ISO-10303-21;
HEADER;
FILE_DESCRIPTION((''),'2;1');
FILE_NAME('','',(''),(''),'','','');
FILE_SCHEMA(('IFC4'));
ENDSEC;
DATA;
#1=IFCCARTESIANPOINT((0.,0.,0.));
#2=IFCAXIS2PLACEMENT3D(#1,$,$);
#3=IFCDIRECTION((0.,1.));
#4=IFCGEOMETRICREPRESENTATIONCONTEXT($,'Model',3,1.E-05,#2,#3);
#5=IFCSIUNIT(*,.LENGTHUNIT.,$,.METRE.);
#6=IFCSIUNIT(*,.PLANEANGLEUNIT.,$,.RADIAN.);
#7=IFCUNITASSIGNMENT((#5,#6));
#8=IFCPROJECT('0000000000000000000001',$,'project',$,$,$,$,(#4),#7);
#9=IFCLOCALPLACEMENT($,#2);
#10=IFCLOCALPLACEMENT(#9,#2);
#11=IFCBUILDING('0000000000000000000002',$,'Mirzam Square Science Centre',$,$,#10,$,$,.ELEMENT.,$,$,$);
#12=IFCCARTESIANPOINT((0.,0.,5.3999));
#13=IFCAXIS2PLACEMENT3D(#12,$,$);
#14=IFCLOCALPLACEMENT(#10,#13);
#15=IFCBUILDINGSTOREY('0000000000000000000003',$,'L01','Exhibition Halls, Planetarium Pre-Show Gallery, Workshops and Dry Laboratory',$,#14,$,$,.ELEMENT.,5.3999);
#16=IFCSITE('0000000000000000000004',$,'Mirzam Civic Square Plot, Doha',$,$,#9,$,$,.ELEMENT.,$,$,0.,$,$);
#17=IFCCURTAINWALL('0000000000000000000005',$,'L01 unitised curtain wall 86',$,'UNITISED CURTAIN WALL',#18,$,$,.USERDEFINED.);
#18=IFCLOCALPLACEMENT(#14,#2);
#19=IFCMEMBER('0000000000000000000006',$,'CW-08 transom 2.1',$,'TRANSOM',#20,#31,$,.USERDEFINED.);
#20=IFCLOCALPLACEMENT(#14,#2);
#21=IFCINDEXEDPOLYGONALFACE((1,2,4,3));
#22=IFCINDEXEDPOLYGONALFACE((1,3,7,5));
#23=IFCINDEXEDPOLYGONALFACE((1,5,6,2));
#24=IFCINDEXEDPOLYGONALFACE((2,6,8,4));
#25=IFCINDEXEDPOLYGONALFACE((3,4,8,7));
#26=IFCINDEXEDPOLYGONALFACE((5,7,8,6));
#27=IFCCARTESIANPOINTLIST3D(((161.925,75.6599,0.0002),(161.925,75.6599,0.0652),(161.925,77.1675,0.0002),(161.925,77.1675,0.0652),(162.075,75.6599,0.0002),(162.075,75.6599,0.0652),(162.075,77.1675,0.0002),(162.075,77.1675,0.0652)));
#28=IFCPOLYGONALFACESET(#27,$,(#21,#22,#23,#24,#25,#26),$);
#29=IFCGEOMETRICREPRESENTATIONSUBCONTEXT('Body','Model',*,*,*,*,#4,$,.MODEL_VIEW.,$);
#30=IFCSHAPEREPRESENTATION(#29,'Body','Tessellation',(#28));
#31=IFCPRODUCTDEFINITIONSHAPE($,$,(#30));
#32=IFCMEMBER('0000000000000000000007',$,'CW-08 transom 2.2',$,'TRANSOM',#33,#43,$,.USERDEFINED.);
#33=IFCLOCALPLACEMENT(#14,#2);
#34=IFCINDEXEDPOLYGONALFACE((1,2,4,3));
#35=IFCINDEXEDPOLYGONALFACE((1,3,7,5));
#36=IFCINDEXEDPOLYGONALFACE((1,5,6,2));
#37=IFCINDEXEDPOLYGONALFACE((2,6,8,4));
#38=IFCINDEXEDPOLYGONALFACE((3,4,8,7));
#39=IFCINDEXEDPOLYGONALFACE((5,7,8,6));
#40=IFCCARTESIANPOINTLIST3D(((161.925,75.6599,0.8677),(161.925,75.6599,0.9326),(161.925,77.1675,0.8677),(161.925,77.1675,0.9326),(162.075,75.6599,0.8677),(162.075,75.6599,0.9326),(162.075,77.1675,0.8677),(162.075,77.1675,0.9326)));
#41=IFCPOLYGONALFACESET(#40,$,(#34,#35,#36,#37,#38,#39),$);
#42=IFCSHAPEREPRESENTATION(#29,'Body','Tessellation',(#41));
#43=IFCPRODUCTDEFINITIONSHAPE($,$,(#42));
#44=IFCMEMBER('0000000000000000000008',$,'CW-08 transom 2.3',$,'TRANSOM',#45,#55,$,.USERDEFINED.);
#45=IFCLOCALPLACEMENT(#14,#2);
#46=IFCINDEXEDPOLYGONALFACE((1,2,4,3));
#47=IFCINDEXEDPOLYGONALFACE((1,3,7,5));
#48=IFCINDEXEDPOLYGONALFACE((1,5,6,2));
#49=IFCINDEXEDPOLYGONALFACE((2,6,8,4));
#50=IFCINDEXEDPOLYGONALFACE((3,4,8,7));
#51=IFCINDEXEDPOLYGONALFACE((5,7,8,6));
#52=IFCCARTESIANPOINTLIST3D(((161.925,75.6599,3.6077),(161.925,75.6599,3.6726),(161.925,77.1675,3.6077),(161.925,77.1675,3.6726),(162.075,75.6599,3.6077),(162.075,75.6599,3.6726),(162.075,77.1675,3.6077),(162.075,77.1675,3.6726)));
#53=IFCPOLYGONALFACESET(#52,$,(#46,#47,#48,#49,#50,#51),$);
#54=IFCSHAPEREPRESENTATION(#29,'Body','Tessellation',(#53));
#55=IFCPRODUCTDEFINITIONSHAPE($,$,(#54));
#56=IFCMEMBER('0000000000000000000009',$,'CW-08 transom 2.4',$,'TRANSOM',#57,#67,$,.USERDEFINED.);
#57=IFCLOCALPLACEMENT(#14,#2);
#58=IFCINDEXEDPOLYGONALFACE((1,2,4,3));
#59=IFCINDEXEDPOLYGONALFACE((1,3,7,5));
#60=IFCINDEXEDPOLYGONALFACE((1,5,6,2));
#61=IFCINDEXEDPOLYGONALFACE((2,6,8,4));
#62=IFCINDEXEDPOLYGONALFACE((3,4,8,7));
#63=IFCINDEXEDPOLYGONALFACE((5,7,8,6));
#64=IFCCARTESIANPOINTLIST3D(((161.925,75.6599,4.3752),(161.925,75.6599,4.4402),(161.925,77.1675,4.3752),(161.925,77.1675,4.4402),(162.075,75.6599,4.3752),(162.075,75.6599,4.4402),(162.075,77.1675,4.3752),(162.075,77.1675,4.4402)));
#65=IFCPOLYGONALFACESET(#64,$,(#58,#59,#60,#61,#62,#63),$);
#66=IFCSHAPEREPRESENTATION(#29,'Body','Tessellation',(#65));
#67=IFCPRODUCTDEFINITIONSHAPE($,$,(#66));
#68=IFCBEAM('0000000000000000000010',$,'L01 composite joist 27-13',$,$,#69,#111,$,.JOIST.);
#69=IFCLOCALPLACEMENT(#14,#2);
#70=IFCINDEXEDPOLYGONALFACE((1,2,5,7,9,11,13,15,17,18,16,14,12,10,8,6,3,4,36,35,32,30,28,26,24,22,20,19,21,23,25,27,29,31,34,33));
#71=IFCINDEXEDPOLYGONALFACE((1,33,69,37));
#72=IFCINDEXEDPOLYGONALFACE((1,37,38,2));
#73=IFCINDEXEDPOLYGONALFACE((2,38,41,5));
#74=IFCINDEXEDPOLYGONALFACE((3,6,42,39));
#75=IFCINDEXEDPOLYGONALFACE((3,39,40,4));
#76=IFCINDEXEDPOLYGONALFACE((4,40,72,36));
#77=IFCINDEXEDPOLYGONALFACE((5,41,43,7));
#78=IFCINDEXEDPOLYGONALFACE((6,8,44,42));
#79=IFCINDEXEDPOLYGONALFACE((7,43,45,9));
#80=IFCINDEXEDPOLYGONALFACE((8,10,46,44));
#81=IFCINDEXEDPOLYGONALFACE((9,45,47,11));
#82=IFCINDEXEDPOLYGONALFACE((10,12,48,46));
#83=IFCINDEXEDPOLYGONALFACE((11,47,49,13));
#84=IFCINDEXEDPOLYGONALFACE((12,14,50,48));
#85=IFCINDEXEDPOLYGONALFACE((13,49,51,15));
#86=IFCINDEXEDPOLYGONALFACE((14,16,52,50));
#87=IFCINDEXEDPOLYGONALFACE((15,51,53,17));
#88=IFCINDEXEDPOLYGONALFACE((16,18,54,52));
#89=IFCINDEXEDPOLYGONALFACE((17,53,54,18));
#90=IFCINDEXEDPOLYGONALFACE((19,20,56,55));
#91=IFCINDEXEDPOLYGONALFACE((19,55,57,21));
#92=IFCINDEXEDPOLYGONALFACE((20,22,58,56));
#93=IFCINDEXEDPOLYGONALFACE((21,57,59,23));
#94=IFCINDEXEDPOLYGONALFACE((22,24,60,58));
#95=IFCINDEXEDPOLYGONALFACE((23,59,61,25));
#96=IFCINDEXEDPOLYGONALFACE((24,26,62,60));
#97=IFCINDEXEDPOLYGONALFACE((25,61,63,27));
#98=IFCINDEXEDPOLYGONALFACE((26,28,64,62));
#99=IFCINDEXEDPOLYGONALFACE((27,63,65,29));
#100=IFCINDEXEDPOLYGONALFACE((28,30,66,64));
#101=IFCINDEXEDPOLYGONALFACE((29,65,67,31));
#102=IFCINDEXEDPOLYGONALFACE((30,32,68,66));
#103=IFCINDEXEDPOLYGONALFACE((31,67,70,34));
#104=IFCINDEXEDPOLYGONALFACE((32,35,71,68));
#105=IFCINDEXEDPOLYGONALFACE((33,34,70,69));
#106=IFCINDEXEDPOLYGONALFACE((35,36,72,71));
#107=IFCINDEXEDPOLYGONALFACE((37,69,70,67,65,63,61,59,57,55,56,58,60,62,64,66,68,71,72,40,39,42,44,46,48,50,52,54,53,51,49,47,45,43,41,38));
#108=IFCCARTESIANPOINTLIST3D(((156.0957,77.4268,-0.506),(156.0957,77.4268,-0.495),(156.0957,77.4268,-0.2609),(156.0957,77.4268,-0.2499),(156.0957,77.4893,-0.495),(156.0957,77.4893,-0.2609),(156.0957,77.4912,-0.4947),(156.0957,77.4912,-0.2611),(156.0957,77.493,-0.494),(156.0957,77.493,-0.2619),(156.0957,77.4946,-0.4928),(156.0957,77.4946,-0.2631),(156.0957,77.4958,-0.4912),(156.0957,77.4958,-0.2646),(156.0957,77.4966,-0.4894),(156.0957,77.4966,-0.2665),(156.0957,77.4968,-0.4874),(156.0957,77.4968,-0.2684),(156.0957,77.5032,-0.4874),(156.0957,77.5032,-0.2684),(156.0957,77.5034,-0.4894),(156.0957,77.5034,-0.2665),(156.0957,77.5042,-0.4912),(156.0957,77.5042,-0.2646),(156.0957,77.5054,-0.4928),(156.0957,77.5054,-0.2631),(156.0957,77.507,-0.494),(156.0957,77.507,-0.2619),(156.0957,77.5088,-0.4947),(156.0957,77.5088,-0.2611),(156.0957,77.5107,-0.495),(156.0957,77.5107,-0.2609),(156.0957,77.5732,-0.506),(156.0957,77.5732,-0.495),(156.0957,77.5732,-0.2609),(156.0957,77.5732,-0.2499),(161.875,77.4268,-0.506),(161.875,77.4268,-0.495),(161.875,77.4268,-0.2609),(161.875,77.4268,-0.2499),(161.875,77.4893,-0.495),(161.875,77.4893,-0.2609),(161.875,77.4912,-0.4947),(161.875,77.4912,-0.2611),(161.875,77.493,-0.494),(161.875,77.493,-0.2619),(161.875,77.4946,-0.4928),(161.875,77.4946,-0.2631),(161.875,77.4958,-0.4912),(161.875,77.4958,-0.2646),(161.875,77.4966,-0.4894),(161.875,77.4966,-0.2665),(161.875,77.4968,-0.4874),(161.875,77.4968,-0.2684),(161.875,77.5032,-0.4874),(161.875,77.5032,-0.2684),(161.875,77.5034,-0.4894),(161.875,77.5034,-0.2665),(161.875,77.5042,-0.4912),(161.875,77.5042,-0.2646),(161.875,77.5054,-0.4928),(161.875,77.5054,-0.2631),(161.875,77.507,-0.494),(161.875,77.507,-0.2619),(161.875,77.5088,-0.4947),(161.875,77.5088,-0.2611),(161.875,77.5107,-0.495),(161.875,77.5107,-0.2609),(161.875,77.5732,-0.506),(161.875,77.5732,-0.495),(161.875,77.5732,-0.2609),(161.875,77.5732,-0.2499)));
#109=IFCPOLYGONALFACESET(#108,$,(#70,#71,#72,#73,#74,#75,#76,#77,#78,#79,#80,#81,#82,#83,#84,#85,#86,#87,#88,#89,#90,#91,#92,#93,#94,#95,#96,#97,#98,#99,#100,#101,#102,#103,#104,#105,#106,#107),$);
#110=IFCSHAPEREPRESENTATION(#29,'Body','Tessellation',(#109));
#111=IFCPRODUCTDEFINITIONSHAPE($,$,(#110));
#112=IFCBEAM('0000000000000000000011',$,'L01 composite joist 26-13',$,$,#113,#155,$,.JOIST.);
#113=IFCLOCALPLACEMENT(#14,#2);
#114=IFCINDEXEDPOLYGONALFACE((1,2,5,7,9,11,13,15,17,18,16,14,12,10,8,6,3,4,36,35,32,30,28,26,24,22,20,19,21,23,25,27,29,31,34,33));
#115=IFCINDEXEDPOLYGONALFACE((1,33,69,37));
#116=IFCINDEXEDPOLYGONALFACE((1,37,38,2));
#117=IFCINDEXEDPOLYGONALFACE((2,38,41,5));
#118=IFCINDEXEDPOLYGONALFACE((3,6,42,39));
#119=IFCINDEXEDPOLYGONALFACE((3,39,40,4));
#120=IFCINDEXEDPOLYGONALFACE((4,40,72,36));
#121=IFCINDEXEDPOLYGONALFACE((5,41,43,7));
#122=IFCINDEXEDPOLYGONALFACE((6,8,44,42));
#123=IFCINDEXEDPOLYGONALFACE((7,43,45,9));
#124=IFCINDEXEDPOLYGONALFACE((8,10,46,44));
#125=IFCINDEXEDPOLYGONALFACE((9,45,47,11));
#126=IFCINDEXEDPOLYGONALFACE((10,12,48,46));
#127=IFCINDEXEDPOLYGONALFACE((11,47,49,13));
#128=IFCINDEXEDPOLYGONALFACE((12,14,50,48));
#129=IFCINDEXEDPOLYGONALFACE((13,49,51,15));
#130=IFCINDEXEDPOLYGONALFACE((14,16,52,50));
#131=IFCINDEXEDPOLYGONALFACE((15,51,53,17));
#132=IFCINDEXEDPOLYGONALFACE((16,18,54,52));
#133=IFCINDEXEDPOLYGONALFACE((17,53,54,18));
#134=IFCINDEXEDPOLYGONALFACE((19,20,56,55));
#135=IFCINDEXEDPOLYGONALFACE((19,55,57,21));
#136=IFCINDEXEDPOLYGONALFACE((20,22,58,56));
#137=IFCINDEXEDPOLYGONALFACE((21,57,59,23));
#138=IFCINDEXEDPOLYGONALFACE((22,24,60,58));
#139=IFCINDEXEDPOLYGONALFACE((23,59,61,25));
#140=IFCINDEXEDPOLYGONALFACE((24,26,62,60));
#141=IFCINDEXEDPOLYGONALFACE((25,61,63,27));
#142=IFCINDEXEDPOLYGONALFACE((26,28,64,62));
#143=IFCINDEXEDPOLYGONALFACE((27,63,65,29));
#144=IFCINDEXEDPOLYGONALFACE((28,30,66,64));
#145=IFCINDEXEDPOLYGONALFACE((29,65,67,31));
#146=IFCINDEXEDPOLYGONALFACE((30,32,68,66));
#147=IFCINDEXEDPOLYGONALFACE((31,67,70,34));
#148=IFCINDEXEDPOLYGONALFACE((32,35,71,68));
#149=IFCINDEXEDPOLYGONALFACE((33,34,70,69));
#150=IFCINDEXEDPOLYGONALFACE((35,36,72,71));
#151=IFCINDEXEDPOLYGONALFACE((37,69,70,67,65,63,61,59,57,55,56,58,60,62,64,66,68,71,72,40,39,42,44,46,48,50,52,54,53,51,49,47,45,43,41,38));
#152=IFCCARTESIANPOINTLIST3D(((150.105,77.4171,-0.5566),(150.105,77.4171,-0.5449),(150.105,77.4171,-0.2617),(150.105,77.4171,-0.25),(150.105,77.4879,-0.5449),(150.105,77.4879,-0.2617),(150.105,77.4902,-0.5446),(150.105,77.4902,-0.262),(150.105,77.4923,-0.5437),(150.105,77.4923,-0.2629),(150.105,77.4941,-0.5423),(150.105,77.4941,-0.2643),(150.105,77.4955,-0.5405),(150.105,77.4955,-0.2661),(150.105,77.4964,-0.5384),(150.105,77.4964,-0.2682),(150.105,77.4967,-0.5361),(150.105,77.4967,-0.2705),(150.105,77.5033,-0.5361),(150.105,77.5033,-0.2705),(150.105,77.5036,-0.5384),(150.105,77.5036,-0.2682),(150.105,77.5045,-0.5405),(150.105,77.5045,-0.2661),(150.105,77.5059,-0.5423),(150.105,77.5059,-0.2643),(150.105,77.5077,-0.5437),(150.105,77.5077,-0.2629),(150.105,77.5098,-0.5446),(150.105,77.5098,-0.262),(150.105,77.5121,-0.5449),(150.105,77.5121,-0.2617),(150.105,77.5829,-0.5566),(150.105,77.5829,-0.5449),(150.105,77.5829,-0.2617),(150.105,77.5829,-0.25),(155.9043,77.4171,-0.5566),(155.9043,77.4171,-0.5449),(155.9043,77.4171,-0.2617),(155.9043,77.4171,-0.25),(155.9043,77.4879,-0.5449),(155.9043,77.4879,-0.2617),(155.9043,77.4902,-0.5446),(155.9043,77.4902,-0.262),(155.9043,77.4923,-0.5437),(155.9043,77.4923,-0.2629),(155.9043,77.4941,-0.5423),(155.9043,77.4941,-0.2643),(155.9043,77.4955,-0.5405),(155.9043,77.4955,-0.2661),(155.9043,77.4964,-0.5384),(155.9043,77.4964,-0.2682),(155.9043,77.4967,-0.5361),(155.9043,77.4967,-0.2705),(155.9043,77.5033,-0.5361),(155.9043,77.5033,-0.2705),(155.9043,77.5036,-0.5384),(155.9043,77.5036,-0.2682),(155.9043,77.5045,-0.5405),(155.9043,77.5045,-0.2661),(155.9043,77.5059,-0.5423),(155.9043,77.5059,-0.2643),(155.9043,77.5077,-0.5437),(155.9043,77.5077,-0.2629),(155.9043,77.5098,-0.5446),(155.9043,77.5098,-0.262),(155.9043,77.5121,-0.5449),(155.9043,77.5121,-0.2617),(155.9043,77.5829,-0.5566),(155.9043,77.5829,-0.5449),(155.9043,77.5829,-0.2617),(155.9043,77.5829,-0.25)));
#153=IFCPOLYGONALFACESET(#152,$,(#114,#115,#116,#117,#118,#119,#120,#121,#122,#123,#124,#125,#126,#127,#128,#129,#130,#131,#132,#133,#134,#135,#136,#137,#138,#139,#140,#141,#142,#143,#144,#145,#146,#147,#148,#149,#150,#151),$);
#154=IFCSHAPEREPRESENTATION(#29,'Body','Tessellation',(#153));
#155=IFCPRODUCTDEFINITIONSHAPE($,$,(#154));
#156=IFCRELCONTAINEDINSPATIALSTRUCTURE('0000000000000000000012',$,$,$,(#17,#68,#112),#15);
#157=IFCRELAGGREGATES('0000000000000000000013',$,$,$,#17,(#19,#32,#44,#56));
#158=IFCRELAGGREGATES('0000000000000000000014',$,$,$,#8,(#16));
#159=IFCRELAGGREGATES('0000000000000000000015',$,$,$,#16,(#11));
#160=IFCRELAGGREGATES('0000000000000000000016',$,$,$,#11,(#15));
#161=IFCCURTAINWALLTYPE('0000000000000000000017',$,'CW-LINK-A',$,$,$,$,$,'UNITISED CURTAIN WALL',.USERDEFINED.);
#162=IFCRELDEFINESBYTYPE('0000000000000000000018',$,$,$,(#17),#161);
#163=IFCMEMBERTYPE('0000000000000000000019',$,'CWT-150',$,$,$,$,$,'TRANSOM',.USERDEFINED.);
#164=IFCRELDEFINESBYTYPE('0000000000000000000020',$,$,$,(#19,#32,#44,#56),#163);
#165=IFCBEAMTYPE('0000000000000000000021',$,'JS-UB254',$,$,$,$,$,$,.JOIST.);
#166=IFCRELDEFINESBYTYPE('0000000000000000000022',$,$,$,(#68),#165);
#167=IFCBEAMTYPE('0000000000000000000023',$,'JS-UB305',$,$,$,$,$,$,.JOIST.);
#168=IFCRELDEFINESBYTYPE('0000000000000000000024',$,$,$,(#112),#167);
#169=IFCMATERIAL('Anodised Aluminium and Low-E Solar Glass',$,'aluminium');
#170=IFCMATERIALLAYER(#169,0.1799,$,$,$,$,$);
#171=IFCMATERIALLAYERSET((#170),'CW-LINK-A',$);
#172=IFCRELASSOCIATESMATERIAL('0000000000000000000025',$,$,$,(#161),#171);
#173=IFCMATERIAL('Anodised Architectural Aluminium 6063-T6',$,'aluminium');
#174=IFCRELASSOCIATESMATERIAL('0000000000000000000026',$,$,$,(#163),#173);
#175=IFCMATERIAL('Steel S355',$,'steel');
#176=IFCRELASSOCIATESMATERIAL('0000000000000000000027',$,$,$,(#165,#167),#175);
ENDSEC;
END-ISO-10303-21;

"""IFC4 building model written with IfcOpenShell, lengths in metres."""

from ifc_helpers import new_model, si_unit, direction, frame, origin, origin_2d, place, context, subcontext, project, spatial, rectangle, i_section, extrude, material, layer, layer_set, material_profile, profile_set, type_object, element, aggregate, save


model = new_model("IFC4")

# Units and contexts
model_context = context("Model", 3, precision=1e-05, world=origin(), true_north=direction((0.0, 1.0)))
body_context = subcontext(model_context, "Body", "Model", "MODEL_VIEW")
ifc_project = project(units=[si_unit("LENGTHUNIT", "METRE"), si_unit("PLANEANGLEUNIT", "RADIAN")], contexts=[model_context])

# Site, building, storey
site_placement = place(None, origin())
site = spatial("IfcSite", under=ifc_project, at=site_placement, Name="Mirzam Civic Square Plot, Doha", CompositionType="ELEMENT", RefElevation=0.0)
building_placement = place(site_placement, origin())
building = spatial("IfcBuilding", under=site, at=building_placement, Name="Mirzam Square Science Centre", CompositionType="ELEMENT")
storey_placement = place(building_placement, frame((0.0, 0.0, 5.3999)))
storey = spatial("IfcBuildingStorey", under=building, at=storey_placement, Name="L01", Description="Exhibition Halls, Planetarium Pre-Show Gallery, Workshops and Dry Laboratory", CompositionType="ELEMENT", Elevation=5.3999)

# Shared definitions
ifc_material_1 = material(Name="Steel S355", Category="steel")

# Curtain wall, members
ifc_material_2 = material(Name="Anodised Aluminium and Low-E Solar Glass", Category="aluminium")
ifc_layer_1 = layer(ifc_material_2, 0.1799)
ifc_layer_set_1 = layer_set([ifc_layer_1], Name="CW-LINK-A")
curtain_wall_type = type_object("IfcCurtainWallType", Name="CW-LINK-A", ElementType="UNITISED CURTAIN WALL", PredefinedType="USERDEFINED", material=ifc_layer_set_1)
curtain_wall_placement = place(storey_placement, origin())
curtain_wall = element("IfcCurtainWall", 1, at=curtain_wall_placement, inside=storey, type_object=curtain_wall_type, Name="L01 unitised curtain wall 86", ObjectType="UNITISED CURTAIN WALL", PredefinedType="USERDEFINED")
ifc_material_3 = material(Name="Anodised Architectural Aluminium 6063-T6", Category="aluminium")
ifc_material_profile_1 = material_profile(ifc_material_3, rectangle(XDim=0.1499, YDim=0.0649, at=origin_2d()), Name="ALU-TRAN-150x65x4")
ifc_profile_set_1 = profile_set([ifc_material_profile_1], Name="Anodised Architectural Aluminium 6063-T6")
member_type_1 = type_object("IfcMemberType", Name="CWT-150", ElementType="TRANSOM", PredefinedType="USERDEFINED", material=ifc_profile_set_1)
member_1_placement = place(storey_placement, frame((162.0, 75.6599, 0.0327), z_axis=(0.0, 1.0, 0.0), x_axis=(-1.0, 0.0, 0.0)))
member_1 = element("IfcMember", 2, at=member_1_placement, type_object=member_type_1, Name="CW-08 transom 2.1", ObjectType="TRANSOM", PredefinedType="USERDEFINED", context=body_context, shape_type="SweptSolid", body=[
    extrude(rectangle(XDim=0.1499, YDim=0.0649, at=origin_2d()), origin(), (0.0, 0.0, 1.0), 1.5076),
])
member_2_placement = place(storey_placement, frame((162.0, 75.6599, 0.9001), z_axis=(0.0, 1.0, 0.0), x_axis=(-1.0, 0.0, 0.0)))
member_2 = element("IfcMember", 3, at=member_2_placement, type_object=member_type_1, Name="CW-08 transom 2.2", ObjectType="TRANSOM", PredefinedType="USERDEFINED", context=body_context, shape_type="SweptSolid", body=[
    extrude(rectangle(XDim=0.1499, YDim=0.0649, at=origin_2d()), origin(), (0.0, 0.0, 1.0), 1.5076),
])
member_3_placement = place(storey_placement, frame((162.0, 75.6599, 3.6401), z_axis=(0.0, 1.0, 0.0), x_axis=(-1.0, 0.0, 0.0)))
member_3 = element("IfcMember", 4, at=member_3_placement, type_object=member_type_1, Name="CW-08 transom 2.3", ObjectType="TRANSOM", PredefinedType="USERDEFINED", context=body_context, shape_type="SweptSolid", body=[
    extrude(rectangle(XDim=0.1499, YDim=0.0649, at=origin_2d()), origin(), (0.0, 0.0, 1.0), 1.5076),
])
member_4_placement = place(storey_placement, frame((162.0, 75.6599, 4.4077), z_axis=(0.0, 1.0, 0.0), x_axis=(-1.0, 0.0, 0.0)))
member_4 = element("IfcMember", 5, at=member_4_placement, type_object=member_type_1, Name="CW-08 transom 2.4", ObjectType="TRANSOM", PredefinedType="USERDEFINED", context=body_context, shape_type="SweptSolid", body=[
    extrude(rectangle(XDim=0.1499, YDim=0.0649, at=origin_2d()), origin(), (0.0, 0.0, 1.0), 1.5076),
])

# Beams
ifc_material_profile_2 = material_profile(ifc_material_1, i_section(OverallWidth=0.1465, OverallDepth=0.2561, WebThickness=0.0063, FlangeThickness=0.011, FilletRadius=0.0076, at=origin_2d()), Name="254x146x37UB")
ifc_profile_set_2 = profile_set([ifc_material_profile_2], Name="Steel S355")
beam_type_1 = type_object("IfcBeamType", Name="JS-UB254", PredefinedType="JOIST", material=ifc_profile_set_2)
beam_1_placement = place(storey_placement, frame((156.0957, 77.5, -0.3779), z_axis=(1.0, 0.0, 0.0), x_axis=(0.0, 1.0, 0.0)))
element("IfcBeam", 6, at=beam_1_placement, inside=storey, type_object=beam_type_1, Name="L01 composite joist 27-13", PredefinedType="JOIST", context=body_context, shape_type="SweptSolid", body=[
    extrude(i_section(OverallWidth=0.1465, OverallDepth=0.2561, WebThickness=0.0063, FlangeThickness=0.011, FilletRadius=0.0076, at=origin_2d()), origin(), (0.0, 0.0, 1.0), 5.7793),
])
ifc_material_profile_3 = material_profile(ifc_material_1, i_section(OverallWidth=0.1658, OverallDepth=0.3066, WebThickness=0.0066, FlangeThickness=0.0117, FilletRadius=0.0088, at=origin_2d()), Name="305x165x46UB")
ifc_profile_set_3 = profile_set([ifc_material_profile_3], Name="Steel S355")
beam_type_2 = type_object("IfcBeamType", Name="JS-UB305", PredefinedType="JOIST", material=ifc_profile_set_3)
beam_2_placement = place(storey_placement, frame((150.105, 77.5, -0.4033), z_axis=(1.0, 0.0, 0.0), x_axis=(0.0, 1.0, 0.0)))
element("IfcBeam", 7, at=beam_2_placement, inside=storey, type_object=beam_type_2, Name="L01 composite joist 26-13", PredefinedType="JOIST", context=body_context, shape_type="SweptSolid", body=[
    extrude(i_section(OverallWidth=0.1658, OverallDepth=0.3066, WebThickness=0.0066, FlangeThickness=0.0117, FilletRadius=0.0088, at=origin_2d()), origin(), (0.0, 0.0, 1.0), 5.7993),
])

aggregate(curtain_wall, [member_1, member_2, member_3, member_4])

save(model, "model.ifc")
